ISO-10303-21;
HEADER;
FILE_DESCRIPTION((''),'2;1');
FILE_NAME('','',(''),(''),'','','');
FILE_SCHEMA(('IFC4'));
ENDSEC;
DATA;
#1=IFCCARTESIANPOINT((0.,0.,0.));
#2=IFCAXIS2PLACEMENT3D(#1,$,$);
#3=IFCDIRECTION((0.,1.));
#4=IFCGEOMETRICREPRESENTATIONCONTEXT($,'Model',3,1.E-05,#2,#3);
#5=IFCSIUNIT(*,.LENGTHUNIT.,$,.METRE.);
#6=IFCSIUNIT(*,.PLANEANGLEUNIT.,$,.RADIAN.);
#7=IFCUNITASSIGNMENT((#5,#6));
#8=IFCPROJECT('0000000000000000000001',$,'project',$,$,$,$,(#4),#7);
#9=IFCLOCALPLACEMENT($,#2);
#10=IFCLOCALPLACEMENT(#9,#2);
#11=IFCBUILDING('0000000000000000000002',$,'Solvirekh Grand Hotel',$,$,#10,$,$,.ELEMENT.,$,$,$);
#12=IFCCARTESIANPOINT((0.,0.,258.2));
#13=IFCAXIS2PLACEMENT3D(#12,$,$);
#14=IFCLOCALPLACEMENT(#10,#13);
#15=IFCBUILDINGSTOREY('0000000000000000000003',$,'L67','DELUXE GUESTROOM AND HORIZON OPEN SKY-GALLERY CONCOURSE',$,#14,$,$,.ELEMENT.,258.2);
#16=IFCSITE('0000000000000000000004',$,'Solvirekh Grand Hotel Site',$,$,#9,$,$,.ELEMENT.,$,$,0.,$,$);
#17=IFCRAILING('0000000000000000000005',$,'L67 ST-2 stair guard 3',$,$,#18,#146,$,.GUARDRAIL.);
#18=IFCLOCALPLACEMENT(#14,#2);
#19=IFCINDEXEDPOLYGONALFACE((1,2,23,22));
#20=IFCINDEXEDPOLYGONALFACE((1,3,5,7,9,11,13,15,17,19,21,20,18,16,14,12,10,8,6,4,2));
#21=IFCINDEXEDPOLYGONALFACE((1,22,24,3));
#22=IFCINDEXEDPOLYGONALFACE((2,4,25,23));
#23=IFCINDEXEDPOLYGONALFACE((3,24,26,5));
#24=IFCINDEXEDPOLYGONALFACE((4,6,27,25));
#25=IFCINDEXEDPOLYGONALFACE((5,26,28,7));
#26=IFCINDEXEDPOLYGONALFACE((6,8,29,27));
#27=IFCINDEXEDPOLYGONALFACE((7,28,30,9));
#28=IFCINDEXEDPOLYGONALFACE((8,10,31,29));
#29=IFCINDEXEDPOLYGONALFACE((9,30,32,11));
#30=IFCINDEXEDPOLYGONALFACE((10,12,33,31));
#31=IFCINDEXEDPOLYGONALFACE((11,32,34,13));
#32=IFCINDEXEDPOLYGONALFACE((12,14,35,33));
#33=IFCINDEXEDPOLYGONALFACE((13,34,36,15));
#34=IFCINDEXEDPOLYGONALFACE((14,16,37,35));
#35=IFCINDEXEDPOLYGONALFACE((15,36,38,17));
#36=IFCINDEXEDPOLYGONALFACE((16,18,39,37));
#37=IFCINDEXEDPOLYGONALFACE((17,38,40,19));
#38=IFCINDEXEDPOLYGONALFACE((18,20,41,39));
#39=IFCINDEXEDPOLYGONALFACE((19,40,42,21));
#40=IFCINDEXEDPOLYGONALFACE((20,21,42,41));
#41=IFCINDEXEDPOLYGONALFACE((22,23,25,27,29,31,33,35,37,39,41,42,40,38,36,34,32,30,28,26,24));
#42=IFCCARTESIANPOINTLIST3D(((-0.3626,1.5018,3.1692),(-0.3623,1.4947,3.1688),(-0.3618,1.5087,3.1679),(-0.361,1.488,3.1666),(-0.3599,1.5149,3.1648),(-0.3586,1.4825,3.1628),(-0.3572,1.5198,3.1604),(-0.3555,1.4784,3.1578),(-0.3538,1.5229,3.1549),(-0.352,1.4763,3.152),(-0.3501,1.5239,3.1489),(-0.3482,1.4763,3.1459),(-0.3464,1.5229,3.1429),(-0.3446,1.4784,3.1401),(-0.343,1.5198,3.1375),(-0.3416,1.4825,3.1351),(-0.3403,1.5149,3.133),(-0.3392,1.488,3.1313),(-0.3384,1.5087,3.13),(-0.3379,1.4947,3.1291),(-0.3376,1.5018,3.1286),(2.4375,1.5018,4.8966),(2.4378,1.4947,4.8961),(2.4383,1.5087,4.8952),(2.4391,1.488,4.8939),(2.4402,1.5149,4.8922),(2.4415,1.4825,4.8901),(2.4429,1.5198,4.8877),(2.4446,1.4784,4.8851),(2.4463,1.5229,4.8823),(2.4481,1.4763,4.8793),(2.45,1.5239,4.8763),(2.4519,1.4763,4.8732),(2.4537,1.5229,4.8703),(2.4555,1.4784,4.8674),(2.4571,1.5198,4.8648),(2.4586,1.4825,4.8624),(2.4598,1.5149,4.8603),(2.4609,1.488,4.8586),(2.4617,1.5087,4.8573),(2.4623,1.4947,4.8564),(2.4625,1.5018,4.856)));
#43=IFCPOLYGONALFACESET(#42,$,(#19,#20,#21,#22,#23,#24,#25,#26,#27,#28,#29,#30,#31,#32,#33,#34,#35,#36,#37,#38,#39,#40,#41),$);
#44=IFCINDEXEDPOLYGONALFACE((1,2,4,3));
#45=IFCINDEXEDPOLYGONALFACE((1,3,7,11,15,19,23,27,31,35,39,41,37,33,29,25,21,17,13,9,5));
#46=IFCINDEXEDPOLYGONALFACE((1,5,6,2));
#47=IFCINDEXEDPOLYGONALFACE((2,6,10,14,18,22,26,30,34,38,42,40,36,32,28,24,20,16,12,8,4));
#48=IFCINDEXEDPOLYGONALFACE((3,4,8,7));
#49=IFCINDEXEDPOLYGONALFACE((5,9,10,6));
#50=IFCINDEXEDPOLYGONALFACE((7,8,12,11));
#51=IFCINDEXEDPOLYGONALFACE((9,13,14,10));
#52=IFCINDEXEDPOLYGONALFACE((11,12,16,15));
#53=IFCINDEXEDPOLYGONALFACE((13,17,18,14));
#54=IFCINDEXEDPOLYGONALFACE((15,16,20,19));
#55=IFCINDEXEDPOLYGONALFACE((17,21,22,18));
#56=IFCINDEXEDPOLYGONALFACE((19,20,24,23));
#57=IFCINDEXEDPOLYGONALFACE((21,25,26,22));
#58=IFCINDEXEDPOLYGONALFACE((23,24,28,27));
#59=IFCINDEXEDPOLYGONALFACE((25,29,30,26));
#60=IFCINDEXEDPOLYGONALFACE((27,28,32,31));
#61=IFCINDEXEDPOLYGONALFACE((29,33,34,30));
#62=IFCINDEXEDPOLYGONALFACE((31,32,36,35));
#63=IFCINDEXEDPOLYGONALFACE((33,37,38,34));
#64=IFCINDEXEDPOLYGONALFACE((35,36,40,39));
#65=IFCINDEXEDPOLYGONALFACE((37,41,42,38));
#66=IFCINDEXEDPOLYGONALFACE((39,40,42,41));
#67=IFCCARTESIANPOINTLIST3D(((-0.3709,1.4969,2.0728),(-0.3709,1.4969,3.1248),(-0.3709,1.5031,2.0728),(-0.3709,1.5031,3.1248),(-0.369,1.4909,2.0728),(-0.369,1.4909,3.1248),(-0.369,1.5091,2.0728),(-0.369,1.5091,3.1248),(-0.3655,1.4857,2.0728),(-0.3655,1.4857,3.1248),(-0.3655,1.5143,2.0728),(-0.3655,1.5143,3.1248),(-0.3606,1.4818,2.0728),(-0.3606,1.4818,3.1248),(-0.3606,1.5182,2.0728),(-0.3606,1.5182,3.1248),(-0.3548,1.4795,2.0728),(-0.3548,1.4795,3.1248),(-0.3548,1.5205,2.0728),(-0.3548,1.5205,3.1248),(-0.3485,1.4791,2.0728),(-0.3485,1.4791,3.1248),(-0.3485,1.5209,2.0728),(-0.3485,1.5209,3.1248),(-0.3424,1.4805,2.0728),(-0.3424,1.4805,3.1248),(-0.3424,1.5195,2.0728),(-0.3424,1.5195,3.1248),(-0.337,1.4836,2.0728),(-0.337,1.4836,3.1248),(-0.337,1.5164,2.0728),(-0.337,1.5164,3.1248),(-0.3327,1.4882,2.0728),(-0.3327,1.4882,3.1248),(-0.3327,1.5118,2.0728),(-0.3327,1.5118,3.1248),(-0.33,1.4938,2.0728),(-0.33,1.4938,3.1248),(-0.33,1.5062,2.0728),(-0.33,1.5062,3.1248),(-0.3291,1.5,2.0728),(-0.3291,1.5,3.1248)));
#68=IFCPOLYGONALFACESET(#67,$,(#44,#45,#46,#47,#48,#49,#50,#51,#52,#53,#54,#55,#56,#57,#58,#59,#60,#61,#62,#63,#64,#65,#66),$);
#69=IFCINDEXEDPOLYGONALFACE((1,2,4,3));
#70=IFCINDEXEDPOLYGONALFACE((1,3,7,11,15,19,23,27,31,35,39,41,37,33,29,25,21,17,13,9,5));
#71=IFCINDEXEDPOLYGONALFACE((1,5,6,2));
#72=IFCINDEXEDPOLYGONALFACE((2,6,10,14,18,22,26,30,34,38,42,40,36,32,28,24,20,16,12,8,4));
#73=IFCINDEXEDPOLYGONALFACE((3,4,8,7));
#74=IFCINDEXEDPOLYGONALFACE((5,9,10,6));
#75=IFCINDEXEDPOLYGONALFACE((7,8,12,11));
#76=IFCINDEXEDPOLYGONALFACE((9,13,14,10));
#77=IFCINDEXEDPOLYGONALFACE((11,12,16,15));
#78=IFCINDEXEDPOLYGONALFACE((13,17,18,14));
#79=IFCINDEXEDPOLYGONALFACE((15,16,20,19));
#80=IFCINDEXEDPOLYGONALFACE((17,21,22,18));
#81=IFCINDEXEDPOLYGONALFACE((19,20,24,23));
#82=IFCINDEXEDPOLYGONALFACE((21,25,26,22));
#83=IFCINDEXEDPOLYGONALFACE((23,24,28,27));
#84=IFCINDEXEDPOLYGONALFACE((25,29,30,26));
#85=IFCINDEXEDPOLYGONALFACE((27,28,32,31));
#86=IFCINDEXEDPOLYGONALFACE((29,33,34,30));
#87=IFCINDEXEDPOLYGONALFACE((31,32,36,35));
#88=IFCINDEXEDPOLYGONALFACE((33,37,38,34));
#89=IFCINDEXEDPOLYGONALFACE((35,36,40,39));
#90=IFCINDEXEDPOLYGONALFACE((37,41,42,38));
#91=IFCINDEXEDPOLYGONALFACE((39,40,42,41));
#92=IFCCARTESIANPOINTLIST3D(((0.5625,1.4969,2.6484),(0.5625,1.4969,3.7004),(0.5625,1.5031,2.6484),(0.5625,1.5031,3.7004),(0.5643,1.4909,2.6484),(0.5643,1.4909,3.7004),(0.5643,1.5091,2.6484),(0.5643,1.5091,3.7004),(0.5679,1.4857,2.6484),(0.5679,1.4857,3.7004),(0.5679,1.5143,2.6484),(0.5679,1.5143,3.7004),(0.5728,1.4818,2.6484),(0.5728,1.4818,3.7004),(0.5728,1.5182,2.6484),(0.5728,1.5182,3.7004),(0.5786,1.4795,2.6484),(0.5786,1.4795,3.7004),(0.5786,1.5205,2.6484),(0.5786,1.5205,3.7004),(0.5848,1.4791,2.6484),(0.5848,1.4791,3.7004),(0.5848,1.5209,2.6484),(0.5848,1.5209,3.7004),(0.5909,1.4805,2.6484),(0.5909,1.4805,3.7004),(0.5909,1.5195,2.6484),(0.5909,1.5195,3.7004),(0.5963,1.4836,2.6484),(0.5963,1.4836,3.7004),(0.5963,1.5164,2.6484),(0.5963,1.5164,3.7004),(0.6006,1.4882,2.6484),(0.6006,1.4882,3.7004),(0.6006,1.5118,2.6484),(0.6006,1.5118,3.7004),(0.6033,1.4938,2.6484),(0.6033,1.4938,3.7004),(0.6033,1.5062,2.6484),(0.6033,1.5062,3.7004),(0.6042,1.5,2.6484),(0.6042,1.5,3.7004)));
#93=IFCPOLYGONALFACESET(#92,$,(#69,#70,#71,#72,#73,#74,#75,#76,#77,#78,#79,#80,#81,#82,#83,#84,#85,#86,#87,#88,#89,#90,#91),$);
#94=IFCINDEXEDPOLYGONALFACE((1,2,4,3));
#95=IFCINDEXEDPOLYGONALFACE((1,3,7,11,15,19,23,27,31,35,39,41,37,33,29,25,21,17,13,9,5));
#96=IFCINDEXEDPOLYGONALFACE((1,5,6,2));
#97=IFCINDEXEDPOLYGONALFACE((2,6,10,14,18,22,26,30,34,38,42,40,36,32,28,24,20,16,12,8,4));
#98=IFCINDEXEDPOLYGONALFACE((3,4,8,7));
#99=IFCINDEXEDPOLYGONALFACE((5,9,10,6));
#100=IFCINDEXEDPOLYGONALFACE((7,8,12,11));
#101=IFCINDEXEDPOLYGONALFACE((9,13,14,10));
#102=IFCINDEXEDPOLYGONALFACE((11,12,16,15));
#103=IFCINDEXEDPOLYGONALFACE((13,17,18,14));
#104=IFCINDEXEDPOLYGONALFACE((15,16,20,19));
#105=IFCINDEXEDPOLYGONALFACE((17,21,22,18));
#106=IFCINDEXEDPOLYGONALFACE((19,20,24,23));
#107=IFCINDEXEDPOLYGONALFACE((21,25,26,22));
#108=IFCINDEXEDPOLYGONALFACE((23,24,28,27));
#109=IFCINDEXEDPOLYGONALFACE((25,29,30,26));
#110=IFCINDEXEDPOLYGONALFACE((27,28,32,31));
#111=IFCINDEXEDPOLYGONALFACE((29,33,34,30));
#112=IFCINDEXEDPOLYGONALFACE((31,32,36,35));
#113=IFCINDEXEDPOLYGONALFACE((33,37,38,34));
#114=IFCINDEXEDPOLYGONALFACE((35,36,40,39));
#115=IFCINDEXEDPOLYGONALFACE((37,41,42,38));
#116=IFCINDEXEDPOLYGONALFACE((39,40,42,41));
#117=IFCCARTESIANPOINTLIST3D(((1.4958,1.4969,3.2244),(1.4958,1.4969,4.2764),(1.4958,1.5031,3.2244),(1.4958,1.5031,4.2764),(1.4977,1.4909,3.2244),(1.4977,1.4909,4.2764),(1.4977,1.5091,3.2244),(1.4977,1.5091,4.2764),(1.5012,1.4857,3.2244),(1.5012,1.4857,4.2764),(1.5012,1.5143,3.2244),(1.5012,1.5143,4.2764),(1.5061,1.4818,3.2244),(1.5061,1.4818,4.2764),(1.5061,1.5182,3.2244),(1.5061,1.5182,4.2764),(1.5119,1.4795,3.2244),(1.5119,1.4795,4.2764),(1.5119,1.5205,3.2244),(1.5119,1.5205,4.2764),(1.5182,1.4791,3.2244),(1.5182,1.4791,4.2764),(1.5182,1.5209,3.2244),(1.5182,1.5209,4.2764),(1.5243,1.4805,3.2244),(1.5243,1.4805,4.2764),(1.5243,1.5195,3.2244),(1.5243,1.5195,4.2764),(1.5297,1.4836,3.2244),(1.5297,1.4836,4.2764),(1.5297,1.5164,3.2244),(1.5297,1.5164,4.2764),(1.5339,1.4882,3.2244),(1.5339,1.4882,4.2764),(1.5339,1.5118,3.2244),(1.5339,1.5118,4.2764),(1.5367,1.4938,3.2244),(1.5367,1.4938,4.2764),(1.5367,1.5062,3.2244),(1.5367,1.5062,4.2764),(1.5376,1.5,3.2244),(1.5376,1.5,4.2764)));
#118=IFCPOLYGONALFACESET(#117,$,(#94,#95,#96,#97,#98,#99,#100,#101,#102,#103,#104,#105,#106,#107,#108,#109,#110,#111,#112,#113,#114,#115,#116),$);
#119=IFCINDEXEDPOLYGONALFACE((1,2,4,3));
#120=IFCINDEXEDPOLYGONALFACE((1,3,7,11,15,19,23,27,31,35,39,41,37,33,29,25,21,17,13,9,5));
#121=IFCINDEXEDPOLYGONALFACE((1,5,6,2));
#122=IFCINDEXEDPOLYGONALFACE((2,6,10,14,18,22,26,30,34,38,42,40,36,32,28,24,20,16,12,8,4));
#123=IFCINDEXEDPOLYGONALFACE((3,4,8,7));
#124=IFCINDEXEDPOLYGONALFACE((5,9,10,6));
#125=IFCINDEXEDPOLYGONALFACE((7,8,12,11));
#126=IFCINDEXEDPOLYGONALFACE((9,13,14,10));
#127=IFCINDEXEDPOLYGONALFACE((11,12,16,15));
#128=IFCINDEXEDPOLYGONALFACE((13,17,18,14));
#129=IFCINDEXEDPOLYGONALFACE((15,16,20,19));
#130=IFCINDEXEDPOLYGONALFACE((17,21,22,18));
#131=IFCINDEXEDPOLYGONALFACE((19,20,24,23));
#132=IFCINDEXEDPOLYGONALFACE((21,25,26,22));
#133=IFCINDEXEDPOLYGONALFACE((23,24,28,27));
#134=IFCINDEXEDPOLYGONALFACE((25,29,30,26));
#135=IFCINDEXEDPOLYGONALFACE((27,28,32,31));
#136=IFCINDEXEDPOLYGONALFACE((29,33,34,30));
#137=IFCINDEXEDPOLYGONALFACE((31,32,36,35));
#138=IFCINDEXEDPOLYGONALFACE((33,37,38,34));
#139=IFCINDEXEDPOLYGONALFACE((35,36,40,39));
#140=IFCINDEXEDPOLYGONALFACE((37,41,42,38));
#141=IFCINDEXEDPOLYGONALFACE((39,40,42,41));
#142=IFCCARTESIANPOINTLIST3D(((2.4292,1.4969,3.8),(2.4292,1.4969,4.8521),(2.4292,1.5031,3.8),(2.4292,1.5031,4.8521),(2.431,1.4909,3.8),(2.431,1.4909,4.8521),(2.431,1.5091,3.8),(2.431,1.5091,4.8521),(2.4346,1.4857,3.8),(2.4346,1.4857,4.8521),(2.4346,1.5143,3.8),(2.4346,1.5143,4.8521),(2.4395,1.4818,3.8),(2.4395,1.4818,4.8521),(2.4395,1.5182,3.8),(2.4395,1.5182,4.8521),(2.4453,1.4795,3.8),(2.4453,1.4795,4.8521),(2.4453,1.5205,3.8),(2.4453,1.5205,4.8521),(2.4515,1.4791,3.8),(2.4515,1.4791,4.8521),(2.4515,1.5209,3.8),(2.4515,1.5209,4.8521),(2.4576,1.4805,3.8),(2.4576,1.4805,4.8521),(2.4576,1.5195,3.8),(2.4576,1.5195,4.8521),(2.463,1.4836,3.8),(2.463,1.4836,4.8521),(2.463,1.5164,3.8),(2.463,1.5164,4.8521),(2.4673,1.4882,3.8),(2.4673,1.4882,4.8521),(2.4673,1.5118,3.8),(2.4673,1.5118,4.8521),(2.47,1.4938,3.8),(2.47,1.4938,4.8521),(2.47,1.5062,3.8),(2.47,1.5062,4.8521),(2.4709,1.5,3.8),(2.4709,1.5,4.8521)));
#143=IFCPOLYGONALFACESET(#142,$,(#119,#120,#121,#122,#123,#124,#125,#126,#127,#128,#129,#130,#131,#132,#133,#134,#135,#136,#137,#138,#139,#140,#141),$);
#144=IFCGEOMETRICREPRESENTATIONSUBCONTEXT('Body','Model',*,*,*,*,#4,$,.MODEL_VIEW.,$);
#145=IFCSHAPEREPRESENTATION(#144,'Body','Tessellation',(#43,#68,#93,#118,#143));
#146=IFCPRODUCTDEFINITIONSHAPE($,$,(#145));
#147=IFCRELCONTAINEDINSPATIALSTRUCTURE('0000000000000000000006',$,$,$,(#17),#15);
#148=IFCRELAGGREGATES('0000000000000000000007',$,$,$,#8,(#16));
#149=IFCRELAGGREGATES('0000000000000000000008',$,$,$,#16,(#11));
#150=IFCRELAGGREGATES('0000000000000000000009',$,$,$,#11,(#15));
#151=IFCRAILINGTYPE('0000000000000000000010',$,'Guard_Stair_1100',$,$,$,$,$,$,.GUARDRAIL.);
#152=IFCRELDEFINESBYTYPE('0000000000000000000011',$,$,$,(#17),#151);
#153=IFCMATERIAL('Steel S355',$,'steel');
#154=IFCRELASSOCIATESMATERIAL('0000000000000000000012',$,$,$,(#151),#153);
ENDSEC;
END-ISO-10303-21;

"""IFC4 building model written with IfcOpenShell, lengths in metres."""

from ifc_helpers import new_model, si_unit, direction, frame, origin, origin_2d, place, context, subcontext, project, spatial, circle, extrude, material, type_object, element, save


model = new_model("IFC4")

# Units and contexts
model_context = context("Model", 3, precision=1e-05, world=origin(), true_north=direction((0.0, 1.0)))
body_context = subcontext(model_context, "Body", "Model", "MODEL_VIEW")
ifc_project = project(units=[si_unit("LENGTHUNIT", "METRE"), si_unit("PLANEANGLEUNIT", "RADIAN")], contexts=[model_context])

# Site, building, storey
site_placement = place(None, origin())
site = spatial("IfcSite", under=ifc_project, at=site_placement, Name="Solvirekh Grand Hotel Site", CompositionType="ELEMENT", RefElevation=0.0)
building_placement = place(site_placement, origin())
building = spatial("IfcBuilding", under=site, at=building_placement, Name="Solvirekh Grand Hotel", CompositionType="ELEMENT")
storey_placement = place(building_placement, frame((0.0, 0.0, 258.2)))
storey = spatial("IfcBuildingStorey", under=building, at=storey_placement, Name="L67", Description="DELUXE GUESTROOM AND HORIZON OPEN SKY-GALLERY CONCOURSE", CompositionType="ELEMENT", Elevation=258.2)

# Railing
ifc_material_1 = material(Name="Steel S355", Category="steel")
railing_type_1 = type_object("IfcRailingType", Name="Guard_Stair_1100", PredefinedType="GUARDRAIL", material=ifc_material_1)
railing_1_placement = place(storey_placement, frame((-0.3501, 1.5, 2.0728)))
element("IfcRailing", 1, at=railing_1_placement, inside=storey, type_object=railing_type_1, Name="L67 ST-2 stair guard 3", PredefinedType="GUARDRAIL", context=body_context, shape_type="SweptSolid", body=[
    extrude(circle(Radius=0.0239, at=origin_2d()), frame((0.0, 0.0, 1.0762), z_axis=(0.85109, 0.0, 0.52502), x_axis=(0.0, 1.0, 0.0)), (0.0, 0.0, 1.0), 3.29),
    extrude(circle(Radius=0.021, at=origin_2d()), origin(), (0.0, 0.0, 1.0), 1.052),
    extrude(circle(Radius=0.021, at=origin_2d()), frame((0.9333, 0.0, 0.5757)), (0.0, 0.0, 1.0), 1.052),
    extrude(circle(Radius=0.021, at=origin_2d()), frame((1.8667, 0.0, 1.1516)), (0.0, 0.0, 1.0), 1.052),
    extrude(circle(Radius=0.021, at=origin_2d()), frame((2.8, 0.0, 1.7273)), (0.0, 0.0, 1.0), 1.052),
])

save(model, "model.ifc")
